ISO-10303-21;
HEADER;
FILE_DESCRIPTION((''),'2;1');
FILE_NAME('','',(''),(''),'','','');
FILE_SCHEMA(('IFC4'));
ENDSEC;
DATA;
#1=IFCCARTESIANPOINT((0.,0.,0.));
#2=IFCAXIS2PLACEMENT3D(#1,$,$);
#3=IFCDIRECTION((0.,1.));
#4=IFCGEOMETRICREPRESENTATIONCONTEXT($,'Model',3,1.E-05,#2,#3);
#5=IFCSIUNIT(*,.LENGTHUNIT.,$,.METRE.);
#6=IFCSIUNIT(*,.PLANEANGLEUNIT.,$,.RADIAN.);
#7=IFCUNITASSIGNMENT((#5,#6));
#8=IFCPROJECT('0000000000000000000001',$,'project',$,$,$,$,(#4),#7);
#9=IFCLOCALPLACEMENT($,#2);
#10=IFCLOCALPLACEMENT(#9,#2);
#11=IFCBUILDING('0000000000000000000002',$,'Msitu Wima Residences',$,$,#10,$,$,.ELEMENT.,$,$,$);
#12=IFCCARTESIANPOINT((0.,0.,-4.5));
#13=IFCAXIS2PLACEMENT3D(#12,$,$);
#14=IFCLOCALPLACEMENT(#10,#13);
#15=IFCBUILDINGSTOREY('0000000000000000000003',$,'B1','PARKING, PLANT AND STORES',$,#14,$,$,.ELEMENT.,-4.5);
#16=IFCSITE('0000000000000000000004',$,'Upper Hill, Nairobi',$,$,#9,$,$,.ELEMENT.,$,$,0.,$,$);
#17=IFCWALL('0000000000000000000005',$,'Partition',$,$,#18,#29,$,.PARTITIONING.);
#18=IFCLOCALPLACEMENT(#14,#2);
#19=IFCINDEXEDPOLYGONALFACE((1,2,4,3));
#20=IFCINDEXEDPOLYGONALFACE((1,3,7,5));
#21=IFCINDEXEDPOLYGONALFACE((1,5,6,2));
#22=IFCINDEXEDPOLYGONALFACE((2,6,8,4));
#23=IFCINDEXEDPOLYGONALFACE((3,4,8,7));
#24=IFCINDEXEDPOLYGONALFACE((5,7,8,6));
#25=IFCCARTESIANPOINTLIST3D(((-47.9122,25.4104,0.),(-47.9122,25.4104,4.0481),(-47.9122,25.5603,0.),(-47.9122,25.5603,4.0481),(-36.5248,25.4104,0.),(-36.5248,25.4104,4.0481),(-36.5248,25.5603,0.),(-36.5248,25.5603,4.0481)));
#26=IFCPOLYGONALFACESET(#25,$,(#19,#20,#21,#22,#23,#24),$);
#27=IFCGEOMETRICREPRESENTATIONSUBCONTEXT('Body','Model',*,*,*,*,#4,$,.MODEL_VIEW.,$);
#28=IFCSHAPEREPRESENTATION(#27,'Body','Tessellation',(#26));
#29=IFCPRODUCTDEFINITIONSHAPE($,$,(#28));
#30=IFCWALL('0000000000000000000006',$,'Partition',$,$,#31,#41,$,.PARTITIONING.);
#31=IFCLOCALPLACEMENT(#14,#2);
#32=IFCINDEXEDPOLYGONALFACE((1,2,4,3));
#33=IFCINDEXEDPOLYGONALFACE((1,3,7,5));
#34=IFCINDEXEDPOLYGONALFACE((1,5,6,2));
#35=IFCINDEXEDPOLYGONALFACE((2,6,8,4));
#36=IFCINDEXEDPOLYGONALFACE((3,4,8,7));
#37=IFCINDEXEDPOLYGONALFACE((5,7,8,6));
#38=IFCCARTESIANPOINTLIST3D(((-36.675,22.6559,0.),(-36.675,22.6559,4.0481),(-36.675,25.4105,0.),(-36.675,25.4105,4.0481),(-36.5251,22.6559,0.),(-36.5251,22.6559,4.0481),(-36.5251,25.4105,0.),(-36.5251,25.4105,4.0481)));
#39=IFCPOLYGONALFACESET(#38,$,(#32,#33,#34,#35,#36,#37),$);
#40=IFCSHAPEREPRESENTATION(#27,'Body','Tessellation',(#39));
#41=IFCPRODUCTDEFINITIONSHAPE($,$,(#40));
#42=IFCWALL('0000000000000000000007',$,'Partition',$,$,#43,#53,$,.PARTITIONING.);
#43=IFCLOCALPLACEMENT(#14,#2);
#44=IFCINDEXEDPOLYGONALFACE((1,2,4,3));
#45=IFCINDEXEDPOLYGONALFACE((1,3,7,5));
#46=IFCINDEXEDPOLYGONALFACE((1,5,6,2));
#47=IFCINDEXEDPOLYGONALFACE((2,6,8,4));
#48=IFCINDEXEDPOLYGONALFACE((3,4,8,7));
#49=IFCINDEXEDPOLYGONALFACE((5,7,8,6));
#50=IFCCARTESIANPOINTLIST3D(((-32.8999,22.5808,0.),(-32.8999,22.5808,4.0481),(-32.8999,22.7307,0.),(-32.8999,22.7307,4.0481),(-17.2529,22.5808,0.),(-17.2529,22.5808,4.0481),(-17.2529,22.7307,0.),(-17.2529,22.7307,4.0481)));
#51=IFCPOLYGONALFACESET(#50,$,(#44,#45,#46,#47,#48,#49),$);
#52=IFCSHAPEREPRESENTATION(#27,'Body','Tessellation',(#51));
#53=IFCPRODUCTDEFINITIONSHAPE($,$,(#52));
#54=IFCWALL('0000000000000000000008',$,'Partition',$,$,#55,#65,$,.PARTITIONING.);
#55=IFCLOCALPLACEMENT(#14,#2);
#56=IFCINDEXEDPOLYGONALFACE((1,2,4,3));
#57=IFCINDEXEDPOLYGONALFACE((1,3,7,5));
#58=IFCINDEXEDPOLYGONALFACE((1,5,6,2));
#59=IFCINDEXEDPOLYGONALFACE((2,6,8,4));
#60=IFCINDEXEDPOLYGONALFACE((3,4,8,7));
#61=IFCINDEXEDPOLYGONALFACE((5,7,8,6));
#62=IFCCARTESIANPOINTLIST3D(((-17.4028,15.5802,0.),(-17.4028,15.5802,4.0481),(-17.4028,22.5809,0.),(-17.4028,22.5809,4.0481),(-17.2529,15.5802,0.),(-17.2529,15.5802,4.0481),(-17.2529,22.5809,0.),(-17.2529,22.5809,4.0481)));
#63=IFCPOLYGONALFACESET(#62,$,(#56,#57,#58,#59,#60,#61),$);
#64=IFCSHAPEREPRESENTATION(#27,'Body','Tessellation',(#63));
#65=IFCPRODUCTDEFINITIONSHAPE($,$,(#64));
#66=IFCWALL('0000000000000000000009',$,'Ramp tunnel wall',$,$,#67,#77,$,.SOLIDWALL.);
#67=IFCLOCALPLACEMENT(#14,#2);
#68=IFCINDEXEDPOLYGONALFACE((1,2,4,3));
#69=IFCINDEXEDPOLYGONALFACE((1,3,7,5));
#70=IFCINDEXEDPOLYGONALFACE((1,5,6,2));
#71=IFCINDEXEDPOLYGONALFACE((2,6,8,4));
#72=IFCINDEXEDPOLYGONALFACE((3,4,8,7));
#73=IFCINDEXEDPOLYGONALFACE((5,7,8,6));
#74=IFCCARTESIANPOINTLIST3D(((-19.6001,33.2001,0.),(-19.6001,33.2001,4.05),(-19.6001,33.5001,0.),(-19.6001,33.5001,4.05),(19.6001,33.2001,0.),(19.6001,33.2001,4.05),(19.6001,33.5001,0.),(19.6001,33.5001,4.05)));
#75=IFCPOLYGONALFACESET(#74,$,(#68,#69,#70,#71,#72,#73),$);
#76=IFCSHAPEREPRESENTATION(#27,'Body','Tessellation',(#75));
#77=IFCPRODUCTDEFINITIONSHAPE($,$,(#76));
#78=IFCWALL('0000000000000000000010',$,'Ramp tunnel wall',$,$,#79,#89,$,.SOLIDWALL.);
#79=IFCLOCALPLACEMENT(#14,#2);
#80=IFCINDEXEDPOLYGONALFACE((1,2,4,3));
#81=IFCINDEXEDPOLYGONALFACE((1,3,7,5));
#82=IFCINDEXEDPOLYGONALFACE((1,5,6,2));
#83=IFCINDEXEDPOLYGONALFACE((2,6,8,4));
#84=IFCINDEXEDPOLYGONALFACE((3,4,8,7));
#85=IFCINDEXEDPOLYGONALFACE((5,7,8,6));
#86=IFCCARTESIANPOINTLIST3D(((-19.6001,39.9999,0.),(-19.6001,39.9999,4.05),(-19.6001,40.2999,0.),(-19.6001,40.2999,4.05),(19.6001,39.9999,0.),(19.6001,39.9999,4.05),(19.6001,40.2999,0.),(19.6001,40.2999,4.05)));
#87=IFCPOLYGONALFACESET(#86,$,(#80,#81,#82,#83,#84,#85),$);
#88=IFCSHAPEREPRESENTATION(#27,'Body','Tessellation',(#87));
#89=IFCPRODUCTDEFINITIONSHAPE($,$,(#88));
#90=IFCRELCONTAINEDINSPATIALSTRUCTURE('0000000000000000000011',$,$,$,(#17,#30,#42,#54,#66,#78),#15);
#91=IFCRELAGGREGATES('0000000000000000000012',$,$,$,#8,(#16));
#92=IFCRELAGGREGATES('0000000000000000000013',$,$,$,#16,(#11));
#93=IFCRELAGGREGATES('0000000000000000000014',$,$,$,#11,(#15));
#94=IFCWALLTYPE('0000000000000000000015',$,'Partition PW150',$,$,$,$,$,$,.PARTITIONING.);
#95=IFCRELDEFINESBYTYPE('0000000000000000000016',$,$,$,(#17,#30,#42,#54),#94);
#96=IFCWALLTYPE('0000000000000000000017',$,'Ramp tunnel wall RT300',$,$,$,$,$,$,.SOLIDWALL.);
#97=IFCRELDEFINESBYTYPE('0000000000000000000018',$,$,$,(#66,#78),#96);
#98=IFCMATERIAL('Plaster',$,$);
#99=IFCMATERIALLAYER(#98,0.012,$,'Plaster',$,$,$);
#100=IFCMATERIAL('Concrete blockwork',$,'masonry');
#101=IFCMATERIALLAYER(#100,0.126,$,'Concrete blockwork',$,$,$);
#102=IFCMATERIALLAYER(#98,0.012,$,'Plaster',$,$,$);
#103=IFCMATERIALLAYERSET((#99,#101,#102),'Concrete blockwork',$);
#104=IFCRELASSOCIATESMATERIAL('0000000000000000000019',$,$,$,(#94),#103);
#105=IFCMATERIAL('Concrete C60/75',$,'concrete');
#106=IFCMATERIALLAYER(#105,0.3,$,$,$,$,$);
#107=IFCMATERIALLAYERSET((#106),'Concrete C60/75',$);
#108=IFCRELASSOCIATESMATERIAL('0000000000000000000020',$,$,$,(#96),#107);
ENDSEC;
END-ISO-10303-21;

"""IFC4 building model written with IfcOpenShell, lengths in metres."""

from ifc_helpers import new_model, si_unit, direction, frame, frame_2d, origin, place, context, subcontext, project, spatial, rectangle, extrude, material, layer, layer_set, type_object, element, save


model = new_model("IFC4")

# Units and contexts
model_context = context("Model", 3, precision=1e-05, world=origin(), true_north=direction((0.0, 1.0)))
body_context = subcontext(model_context, "Body", "Model", "MODEL_VIEW")
ifc_project = project(units=[si_unit("LENGTHUNIT", "METRE"), si_unit("PLANEANGLEUNIT", "RADIAN")], contexts=[model_context])

# Site, building, storey
site_placement = place(None, origin())
site = spatial("IfcSite", under=ifc_project, at=site_placement, Name="Upper Hill, Nairobi", CompositionType="ELEMENT", RefElevation=0.0)
building_placement = place(site_placement, origin())
building = spatial("IfcBuilding", under=site, at=building_placement, Name="Msitu Wima Residences", CompositionType="ELEMENT")
storey_placement = place(building_placement, frame((0.0, 0.0, -4.5)))
storey = spatial("IfcBuildingStorey", under=building, at=storey_placement, Name="B1", Description="PARKING, PLANT AND STORES", CompositionType="ELEMENT", Elevation=-4.5)

# Shared definitions
ifc_material_1 = material(Name="Concrete C60/75", Category="concrete")

# Walls
ifc_material_2 = material(Name="Plaster")
ifc_material_3 = material(Name="Concrete blockwork", Category="masonry")
ifc_layer_1 = layer(ifc_material_2, 0.012, Name="Plaster")
ifc_layer_2 = layer(ifc_material_3, 0.126, Name="Concrete blockwork")
ifc_layer_3 = layer(ifc_material_2, 0.012, Name="Plaster")
ifc_layer_set_1 = layer_set([ifc_layer_1, ifc_layer_2, ifc_layer_3], Name="Concrete blockwork")
wall_type_1 = type_object("IfcWallType", Name="Partition PW150", PredefinedType="PARTITIONING", material=ifc_layer_set_1)
wall_1_placement = place(storey_placement, frame((-47.9124, 25.4854, 0.0), z_axis=(0.0, 0.0, 1.0), x_axis=(1.0, 0.0, 0.0)))
element("IfcWall", 1, at=wall_1_placement, inside=storey, type_object=wall_type_1, Name="Partition", PredefinedType="PARTITIONING", context=body_context, shape_type="SweptSolid", body=[
    extrude(rectangle(XDim=11.3875, YDim=0.1499, at=frame_2d((5.6938, 0.0))), origin(), (0.0, 0.0, 1.0), 4.0481),
])
wall_2_placement = place(storey_placement, frame((-36.6001, 22.6558, 0.0), z_axis=(0.0, 0.0, 1.0), x_axis=(0.0, 1.0, 0.0)))
element("IfcWall", 2, at=wall_2_placement, inside=storey, type_object=wall_type_1, Name="Partition", PredefinedType="PARTITIONING", context=body_context, shape_type="SweptSolid", body=[
    extrude(rectangle(XDim=2.7546, YDim=0.1499, at=frame_2d((1.3774, 0.0))), origin(), (0.0, 0.0, 1.0), 4.0481),
])
wall_3_placement = place(storey_placement, frame((-32.8999, 22.6558, 0.0), z_axis=(0.0, 0.0, 1.0), x_axis=(1.0, 0.0, 0.0)))
element("IfcWall", 3, at=wall_3_placement, inside=storey, type_object=wall_type_1, Name="Partition", PredefinedType="PARTITIONING", context=body_context, shape_type="SweptSolid", body=[
    extrude(rectangle(XDim=15.647, YDim=0.1499, at=frame_2d((7.8235, 0.0))), origin(), (0.0, 0.0, 1.0), 4.0481),
])
wall_4_placement = place(storey_placement, frame((-17.3279, 15.5801, 0.0), z_axis=(0.0, 0.0, 1.0), x_axis=(0.0, 1.0, 0.0)))
element("IfcWall", 4, at=wall_4_placement, inside=storey, type_object=wall_type_1, Name="Partition", PredefinedType="PARTITIONING", context=body_context, shape_type="SweptSolid", body=[
    extrude(rectangle(XDim=7.0007, YDim=0.1499, at=frame_2d((3.5005, 0.0))), origin(), (0.0, 0.0, 1.0), 4.0481),
])
ifc_layer_4 = layer(ifc_material_1, 0.3)
ifc_layer_set_2 = layer_set([ifc_layer_4], Name="Concrete C60/75")
wall_type_2 = type_object("IfcWallType", Name="Ramp tunnel wall RT300", PredefinedType="SOLIDWALL", material=ifc_layer_set_2)
for number, where, z_axis, x_axis, name in (
    (5, (-19.6001, 33.3501, 0.0), (0.0, 0.0, 1.0), (1.0, 0.0, 0.0), "Ramp tunnel wall"),
    (6, (-19.6001, 40.1499, 0.0), (0.0, 0.0, 1.0), (1.0, 0.0, 0.0), "Ramp tunnel wall"),
):
    element("IfcWall", number, at=place(storey_placement, frame(where, z_axis=z_axis, x_axis=x_axis)), inside=storey, type_object=wall_type_2, Name=name, PredefinedType="SOLIDWALL", context=body_context, shape_type="SweptSolid", body=[
        extrude(rectangle(XDim=39.2002, YDim=0.3, at=frame_2d((19.6001, 0.0))), origin(), (0.0, 0.0, 1.0), 4.05),
    ])

save(model, "model.ifc")
